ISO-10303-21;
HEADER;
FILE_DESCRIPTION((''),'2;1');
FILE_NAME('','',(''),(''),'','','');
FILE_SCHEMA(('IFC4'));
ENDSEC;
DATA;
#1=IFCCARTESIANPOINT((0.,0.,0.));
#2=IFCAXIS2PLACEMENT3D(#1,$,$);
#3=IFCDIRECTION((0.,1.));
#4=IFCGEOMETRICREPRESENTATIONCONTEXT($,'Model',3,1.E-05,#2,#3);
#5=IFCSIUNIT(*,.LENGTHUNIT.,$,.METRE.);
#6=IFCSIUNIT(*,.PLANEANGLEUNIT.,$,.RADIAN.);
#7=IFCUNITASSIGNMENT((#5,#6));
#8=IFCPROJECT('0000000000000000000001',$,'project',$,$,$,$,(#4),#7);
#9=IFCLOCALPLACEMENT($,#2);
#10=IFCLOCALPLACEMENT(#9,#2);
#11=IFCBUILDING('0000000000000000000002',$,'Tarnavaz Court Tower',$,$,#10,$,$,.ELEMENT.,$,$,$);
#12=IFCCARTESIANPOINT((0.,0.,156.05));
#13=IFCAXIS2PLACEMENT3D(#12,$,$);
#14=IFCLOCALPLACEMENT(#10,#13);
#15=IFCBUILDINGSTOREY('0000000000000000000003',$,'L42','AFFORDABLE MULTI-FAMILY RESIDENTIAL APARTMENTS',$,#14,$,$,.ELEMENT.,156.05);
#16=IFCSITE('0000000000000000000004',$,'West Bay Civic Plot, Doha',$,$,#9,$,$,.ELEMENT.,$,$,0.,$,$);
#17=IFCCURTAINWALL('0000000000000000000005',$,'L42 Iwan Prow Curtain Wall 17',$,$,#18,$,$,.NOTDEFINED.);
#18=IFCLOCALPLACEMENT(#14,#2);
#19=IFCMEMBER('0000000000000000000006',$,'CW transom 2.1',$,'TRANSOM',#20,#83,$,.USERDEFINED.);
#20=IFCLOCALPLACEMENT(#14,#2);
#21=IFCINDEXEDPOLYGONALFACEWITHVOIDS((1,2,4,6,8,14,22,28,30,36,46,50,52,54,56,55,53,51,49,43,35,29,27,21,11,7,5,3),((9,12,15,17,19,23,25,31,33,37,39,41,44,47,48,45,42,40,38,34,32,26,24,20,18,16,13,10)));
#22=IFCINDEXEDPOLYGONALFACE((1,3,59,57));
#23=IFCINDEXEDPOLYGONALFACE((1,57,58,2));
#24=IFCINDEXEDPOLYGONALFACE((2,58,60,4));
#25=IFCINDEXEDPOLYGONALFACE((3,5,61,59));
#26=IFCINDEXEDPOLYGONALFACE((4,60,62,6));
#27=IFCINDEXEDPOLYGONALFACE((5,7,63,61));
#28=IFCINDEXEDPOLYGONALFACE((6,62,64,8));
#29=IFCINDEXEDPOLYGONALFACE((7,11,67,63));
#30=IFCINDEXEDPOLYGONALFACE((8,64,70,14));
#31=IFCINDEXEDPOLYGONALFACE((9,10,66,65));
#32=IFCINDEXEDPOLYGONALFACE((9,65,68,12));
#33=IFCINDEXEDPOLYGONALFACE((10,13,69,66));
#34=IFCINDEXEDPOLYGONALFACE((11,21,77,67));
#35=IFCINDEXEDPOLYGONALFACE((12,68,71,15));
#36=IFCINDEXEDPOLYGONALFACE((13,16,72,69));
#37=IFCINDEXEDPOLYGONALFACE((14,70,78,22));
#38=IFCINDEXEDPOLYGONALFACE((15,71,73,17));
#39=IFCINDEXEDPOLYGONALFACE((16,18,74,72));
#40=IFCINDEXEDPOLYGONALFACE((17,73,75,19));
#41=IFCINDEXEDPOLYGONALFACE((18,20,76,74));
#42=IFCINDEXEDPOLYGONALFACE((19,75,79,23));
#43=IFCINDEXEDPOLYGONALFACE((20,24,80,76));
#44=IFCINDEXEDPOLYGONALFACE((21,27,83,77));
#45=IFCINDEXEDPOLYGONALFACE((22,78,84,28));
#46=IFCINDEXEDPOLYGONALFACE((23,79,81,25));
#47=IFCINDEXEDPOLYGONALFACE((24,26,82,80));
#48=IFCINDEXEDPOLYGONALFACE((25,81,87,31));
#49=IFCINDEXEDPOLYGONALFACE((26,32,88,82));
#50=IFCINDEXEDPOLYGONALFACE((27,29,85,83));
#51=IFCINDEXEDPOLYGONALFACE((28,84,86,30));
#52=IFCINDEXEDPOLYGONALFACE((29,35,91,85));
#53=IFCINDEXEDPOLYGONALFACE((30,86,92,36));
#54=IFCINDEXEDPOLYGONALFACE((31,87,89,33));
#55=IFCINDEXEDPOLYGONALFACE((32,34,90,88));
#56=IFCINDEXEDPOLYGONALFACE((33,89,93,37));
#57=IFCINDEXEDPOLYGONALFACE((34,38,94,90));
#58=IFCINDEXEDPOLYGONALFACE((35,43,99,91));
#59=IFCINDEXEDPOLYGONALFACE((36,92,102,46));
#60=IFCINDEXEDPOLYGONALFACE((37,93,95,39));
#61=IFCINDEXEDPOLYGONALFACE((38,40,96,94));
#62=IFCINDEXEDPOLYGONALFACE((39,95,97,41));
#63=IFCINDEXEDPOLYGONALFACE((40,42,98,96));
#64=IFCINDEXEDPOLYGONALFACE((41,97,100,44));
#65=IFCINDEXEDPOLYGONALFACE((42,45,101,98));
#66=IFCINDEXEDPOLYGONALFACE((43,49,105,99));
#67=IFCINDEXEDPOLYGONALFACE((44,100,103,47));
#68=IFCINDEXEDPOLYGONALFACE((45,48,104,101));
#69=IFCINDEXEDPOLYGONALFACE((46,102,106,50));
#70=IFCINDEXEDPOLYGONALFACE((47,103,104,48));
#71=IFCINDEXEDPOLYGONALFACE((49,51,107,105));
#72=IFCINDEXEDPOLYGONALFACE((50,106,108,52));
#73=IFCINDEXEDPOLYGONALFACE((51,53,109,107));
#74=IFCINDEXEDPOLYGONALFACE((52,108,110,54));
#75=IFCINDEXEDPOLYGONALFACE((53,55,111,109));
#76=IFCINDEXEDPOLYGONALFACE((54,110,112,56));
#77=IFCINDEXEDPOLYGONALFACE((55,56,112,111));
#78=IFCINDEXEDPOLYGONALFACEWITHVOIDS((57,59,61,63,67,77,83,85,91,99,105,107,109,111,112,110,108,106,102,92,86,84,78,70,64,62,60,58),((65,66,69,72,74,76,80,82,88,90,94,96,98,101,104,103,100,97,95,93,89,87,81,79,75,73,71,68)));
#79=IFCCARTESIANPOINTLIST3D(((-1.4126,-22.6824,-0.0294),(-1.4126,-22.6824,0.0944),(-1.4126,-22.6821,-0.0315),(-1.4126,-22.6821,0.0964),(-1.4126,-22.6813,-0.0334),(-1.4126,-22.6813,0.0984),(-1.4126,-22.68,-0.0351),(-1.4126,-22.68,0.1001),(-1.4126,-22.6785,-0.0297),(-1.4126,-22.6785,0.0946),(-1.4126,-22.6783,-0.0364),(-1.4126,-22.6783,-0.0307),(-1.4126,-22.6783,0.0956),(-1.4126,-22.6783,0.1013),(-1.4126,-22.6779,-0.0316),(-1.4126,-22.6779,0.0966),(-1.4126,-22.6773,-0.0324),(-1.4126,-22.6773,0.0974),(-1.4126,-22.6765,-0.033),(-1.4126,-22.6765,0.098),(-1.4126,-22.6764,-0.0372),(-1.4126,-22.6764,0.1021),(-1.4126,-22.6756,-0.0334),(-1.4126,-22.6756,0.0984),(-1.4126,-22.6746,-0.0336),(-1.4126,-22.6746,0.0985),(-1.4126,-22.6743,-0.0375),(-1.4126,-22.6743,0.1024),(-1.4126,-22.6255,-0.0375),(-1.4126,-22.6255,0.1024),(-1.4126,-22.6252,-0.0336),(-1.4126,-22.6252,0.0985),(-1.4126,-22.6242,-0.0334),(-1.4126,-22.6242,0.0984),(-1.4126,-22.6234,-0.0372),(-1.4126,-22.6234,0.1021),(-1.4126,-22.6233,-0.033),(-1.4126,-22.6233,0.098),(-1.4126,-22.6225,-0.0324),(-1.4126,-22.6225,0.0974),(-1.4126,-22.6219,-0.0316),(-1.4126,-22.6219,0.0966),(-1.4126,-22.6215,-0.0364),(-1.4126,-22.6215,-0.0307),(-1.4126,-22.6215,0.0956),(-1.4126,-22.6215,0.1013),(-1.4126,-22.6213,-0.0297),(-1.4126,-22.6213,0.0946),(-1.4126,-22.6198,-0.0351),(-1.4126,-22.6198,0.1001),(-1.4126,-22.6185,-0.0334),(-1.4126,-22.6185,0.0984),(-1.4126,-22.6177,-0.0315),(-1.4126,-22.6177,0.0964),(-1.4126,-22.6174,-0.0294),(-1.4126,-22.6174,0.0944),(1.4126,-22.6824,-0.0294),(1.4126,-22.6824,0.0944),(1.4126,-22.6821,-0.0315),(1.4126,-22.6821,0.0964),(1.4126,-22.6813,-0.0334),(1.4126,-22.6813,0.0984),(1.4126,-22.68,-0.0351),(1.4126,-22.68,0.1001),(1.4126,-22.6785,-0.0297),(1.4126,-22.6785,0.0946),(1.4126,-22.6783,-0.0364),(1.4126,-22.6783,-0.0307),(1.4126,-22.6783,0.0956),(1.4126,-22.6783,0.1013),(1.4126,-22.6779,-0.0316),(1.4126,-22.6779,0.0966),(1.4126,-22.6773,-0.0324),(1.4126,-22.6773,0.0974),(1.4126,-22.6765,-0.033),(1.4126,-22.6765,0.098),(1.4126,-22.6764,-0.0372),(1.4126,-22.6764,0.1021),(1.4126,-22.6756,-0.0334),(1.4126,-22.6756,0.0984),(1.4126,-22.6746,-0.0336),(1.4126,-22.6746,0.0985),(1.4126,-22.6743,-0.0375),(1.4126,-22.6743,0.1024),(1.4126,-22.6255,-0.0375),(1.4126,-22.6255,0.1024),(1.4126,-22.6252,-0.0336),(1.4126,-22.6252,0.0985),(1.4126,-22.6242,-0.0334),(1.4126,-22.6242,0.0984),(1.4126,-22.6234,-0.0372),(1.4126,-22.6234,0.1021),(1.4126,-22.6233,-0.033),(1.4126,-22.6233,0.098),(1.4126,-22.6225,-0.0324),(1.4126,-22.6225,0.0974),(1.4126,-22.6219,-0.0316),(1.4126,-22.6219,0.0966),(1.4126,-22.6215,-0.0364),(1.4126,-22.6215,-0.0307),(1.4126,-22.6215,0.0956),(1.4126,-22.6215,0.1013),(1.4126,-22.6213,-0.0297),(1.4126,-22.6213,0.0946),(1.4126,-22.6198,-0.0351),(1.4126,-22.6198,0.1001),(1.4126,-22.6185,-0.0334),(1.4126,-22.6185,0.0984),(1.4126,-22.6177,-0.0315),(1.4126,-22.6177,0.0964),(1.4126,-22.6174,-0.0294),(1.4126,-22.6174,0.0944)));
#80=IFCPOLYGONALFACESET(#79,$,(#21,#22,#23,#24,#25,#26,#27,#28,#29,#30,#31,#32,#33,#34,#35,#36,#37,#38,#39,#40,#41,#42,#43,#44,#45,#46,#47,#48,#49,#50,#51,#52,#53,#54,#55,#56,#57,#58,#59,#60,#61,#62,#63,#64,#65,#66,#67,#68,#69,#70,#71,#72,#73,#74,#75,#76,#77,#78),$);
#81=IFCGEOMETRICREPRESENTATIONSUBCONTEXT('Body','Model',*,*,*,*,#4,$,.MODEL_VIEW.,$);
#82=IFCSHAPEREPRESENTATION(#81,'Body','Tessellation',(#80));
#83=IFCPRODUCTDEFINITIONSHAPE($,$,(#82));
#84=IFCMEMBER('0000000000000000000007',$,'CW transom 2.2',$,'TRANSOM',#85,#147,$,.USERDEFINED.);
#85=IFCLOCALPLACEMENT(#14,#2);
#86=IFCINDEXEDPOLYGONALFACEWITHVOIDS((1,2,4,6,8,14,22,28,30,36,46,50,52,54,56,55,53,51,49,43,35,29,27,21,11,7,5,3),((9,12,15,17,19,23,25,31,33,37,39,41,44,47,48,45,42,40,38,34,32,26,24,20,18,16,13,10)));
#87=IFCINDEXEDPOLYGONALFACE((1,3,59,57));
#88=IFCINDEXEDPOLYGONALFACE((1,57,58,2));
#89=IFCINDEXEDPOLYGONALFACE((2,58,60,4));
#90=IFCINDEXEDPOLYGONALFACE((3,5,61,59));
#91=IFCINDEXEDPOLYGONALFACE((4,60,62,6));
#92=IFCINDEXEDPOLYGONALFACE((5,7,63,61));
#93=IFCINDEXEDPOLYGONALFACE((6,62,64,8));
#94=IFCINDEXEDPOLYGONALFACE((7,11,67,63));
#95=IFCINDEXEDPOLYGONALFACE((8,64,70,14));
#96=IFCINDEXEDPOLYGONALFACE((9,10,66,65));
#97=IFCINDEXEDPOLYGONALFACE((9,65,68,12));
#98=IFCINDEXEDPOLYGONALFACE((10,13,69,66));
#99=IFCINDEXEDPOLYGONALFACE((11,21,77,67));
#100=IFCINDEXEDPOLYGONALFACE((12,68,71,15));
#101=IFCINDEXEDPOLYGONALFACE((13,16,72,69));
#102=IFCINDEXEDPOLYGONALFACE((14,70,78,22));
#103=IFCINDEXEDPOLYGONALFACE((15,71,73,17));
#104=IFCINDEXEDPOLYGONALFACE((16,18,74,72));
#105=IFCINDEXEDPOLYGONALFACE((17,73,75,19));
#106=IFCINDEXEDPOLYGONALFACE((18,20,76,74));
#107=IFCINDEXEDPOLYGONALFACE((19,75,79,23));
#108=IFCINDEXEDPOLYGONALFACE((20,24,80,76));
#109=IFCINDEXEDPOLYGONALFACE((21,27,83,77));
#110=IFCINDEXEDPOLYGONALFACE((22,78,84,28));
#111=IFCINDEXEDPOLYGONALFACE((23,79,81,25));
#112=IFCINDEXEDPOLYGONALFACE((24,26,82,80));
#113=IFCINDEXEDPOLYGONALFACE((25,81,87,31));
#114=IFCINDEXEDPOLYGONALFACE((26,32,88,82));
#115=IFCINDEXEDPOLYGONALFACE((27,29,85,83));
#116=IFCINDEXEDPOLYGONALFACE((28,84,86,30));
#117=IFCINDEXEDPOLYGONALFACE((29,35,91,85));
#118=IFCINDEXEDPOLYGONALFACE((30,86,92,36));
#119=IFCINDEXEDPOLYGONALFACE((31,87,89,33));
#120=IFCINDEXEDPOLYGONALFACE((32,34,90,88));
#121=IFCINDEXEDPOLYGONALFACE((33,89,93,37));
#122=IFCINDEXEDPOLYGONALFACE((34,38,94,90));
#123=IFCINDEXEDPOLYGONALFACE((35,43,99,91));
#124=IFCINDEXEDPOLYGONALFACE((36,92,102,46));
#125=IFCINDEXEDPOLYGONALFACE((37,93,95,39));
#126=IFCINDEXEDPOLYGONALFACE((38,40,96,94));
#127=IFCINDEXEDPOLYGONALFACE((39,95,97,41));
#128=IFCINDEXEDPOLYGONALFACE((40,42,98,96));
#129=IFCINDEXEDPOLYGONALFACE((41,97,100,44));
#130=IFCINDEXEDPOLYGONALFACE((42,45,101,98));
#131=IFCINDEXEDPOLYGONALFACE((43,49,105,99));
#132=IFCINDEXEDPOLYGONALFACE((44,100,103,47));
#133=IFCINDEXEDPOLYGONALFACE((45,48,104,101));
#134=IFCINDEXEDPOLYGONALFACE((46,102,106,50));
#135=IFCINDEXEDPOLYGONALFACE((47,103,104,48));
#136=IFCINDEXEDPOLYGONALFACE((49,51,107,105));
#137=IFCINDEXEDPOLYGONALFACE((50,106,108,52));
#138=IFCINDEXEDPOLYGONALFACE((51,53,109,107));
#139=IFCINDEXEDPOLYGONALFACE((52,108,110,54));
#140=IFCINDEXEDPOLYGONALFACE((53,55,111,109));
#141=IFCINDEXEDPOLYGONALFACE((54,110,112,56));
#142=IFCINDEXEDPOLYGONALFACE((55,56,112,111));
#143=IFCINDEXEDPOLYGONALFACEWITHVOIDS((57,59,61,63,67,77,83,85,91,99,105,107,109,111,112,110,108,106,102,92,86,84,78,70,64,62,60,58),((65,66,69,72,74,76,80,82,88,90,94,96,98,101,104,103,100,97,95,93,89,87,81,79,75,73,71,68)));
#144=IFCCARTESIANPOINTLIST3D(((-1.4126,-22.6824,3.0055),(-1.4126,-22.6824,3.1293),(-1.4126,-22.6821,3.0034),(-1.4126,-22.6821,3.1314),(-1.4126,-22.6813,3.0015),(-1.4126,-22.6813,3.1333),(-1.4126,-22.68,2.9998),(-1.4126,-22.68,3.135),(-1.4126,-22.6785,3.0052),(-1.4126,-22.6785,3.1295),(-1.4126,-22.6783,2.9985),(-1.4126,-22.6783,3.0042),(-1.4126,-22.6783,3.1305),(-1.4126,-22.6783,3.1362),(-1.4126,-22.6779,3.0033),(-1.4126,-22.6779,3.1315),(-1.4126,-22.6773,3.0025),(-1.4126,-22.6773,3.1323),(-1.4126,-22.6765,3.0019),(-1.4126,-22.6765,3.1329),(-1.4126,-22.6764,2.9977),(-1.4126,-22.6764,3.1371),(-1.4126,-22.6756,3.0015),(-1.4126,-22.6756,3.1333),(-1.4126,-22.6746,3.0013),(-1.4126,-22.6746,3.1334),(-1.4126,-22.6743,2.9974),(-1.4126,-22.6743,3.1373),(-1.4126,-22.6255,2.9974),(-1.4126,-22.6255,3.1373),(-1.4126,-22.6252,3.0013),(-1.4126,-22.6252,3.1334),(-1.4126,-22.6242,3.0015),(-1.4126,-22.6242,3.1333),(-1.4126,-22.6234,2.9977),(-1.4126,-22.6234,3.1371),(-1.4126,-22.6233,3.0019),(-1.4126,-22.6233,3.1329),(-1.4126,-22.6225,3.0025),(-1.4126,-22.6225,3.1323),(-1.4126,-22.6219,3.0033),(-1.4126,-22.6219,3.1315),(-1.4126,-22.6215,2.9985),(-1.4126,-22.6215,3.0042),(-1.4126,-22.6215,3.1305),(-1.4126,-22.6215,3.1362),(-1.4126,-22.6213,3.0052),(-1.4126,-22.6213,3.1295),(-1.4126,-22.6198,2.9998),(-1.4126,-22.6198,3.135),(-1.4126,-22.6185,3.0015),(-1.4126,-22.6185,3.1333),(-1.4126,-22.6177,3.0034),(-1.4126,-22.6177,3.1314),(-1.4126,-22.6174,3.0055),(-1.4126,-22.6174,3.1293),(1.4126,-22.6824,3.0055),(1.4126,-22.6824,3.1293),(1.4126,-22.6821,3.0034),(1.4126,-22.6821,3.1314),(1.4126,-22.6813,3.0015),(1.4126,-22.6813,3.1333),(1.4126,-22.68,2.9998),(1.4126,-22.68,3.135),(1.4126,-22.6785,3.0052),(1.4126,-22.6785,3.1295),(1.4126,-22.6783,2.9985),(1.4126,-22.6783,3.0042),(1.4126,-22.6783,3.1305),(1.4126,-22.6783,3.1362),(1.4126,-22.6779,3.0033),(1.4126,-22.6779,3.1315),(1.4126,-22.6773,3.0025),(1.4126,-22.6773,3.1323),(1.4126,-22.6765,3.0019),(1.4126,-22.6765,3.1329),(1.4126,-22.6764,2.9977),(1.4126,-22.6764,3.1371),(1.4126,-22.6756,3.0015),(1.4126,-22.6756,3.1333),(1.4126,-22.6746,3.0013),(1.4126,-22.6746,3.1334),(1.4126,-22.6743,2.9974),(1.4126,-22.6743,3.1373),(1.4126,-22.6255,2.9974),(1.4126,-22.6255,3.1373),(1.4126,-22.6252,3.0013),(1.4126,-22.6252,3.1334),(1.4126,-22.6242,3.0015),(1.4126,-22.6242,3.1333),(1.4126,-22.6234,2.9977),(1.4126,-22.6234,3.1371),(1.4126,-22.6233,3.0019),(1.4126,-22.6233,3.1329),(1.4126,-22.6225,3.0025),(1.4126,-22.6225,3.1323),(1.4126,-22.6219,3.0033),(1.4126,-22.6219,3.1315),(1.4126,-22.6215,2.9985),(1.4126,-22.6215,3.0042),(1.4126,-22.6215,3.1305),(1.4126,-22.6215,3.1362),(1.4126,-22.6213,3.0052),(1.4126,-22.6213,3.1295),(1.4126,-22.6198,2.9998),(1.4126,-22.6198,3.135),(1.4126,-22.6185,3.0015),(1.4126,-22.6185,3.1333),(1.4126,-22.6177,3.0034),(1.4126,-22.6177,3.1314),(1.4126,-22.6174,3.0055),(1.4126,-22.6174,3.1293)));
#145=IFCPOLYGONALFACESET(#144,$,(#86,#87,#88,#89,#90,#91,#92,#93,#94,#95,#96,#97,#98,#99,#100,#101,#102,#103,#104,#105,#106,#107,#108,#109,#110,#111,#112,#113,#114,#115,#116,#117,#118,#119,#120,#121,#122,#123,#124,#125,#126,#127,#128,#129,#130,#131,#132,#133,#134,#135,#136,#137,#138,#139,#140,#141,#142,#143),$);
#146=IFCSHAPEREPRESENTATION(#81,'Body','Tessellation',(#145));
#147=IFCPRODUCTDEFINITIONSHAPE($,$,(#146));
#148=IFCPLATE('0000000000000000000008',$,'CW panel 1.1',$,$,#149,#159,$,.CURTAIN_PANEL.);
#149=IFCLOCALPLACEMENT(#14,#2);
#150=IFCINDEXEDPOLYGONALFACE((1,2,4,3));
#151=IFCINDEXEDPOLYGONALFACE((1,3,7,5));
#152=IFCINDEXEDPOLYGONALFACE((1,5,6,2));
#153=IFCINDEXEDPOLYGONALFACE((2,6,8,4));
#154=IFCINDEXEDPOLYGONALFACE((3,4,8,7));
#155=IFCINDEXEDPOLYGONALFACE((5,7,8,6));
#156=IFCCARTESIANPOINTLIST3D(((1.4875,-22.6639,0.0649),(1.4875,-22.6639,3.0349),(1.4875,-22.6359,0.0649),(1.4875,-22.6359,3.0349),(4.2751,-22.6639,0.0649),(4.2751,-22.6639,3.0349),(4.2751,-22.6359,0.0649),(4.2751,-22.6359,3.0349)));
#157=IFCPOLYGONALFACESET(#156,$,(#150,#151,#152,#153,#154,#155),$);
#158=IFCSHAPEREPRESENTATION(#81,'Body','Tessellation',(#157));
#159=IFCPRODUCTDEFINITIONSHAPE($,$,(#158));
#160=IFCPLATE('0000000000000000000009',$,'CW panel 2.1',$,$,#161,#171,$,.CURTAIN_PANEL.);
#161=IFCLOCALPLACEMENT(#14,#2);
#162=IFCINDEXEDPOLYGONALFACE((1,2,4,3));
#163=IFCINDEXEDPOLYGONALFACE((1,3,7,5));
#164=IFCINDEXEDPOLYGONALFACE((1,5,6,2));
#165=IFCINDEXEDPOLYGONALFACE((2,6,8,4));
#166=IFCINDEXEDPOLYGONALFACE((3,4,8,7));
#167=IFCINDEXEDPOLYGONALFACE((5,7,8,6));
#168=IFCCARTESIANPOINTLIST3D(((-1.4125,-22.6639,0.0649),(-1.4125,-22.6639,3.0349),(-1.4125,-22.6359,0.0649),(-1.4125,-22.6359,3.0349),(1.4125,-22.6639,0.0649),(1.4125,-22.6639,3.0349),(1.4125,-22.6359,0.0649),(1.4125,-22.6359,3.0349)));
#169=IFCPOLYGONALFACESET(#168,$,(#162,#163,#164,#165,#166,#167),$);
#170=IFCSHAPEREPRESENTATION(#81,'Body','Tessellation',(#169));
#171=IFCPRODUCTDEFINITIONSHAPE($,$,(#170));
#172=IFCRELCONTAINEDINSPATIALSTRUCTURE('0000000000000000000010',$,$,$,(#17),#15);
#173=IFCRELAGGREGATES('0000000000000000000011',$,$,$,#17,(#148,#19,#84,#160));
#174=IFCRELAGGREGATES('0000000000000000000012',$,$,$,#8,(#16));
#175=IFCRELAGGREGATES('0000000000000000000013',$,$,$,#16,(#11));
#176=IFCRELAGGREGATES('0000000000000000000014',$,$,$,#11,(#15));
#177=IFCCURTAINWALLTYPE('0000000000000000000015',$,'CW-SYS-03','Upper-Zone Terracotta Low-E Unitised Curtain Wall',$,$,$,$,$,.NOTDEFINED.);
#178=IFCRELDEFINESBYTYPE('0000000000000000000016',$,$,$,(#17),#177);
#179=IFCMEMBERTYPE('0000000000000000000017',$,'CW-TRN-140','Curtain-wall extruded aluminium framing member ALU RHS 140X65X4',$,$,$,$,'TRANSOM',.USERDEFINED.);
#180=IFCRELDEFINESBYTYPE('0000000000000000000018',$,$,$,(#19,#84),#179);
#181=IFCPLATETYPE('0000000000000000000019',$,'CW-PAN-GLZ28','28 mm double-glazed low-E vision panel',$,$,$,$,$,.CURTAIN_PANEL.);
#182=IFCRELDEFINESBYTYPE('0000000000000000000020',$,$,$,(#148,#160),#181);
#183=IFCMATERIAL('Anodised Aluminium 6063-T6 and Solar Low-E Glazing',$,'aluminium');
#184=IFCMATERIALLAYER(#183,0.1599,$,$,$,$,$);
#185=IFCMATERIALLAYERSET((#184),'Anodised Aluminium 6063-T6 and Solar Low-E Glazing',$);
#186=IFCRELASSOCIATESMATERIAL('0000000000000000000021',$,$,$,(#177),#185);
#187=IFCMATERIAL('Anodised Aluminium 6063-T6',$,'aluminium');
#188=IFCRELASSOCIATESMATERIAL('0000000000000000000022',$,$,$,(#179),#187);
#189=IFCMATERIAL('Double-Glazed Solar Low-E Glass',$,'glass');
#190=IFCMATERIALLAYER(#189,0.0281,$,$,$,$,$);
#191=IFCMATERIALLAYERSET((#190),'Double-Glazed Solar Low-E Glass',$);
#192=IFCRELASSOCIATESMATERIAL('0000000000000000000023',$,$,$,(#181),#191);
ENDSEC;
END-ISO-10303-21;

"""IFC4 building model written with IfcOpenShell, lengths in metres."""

from ifc_helpers import new_model, si_unit, direction, frame, origin, origin_2d, place, context, subcontext, project, spatial, rectangle, hollow_rectangle, extrude, material, layer, layer_set, material_profile, profile_set, type_object, element, aggregate, save


model = new_model("IFC4")

# Units and contexts
model_context = context("Model", 3, precision=1e-05, world=origin(), true_north=direction((0.0, 1.0)))
body_context = subcontext(model_context, "Body", "Model", "MODEL_VIEW")
ifc_project = project(units=[si_unit("LENGTHUNIT", "METRE"), si_unit("PLANEANGLEUNIT", "RADIAN")], contexts=[model_context])

# Site, building, storey
site_placement = place(None, origin())
site = spatial("IfcSite", under=ifc_project, at=site_placement, Name="West Bay Civic Plot, Doha", CompositionType="ELEMENT", RefElevation=0.0)
building_placement = place(site_placement, origin())
building = spatial("IfcBuilding", under=site, at=building_placement, Name="Tarnavaz Court Tower", CompositionType="ELEMENT")
storey_placement = place(building_placement, frame((0.0, 0.0, 156.05)))
storey = spatial("IfcBuildingStorey", under=building, at=storey_placement, Name="L42", Description="AFFORDABLE MULTI-FAMILY RESIDENTIAL APARTMENTS", CompositionType="ELEMENT", Elevation=156.05)

# Curtain wall, members, plates
ifc_material_1 = material(Name="Anodised Aluminium 6063-T6 and Solar Low-E Glazing", Category="aluminium")
ifc_layer_1 = layer(ifc_material_1, 0.1599)
ifc_layer_set_1 = layer_set([ifc_layer_1], Name="Anodised Aluminium 6063-T6 and Solar Low-E Glazing")
curtain_wall_type = type_object("IfcCurtainWallType", Name="CW-SYS-03", Description="Upper-Zone Terracotta Low-E Unitised Curtain Wall", PredefinedType="NOTDEFINED", material=ifc_layer_set_1)
curtain_wall_placement = place(storey_placement, origin())
curtain_wall = element("IfcCurtainWall", 1, at=curtain_wall_placement, inside=storey, type_object=curtain_wall_type, Name="L42 Iwan Prow Curtain Wall 17", PredefinedType="NOTDEFINED")
ifc_material_2 = material(Name="Anodised Aluminium 6063-T6", Category="aluminium")
ifc_material_profile_1 = material_profile(ifc_material_2, hollow_rectangle(XDim=0.0649, YDim=0.1399, WallThickness=0.0039, InnerFilletRadius=0.0039, OuterFilletRadius=0.0081, at=origin_2d()), Name="ALU RHS 140X65X4")
ifc_profile_set_1 = profile_set([ifc_material_profile_1], Name="Anodised Aluminium 6063-T6")
member_type_1 = type_object("IfcMemberType", Name="CW-TRN-140", Description="Curtain-wall extruded aluminium framing member ALU RHS 140X65X4", ElementType="TRANSOM", PredefinedType="USERDEFINED", material=ifc_profile_set_1)
member_1_placement = place(storey_placement, frame((1.4126, -22.6499, 0.0325), z_axis=(-1.0, 0.0, 0.0), x_axis=(0.0, -1.0, 0.0)))
member_1 = element("IfcMember", 2, at=member_1_placement, type_object=member_type_1, Name="CW transom 2.1", ObjectType="TRANSOM", PredefinedType="USERDEFINED", context=body_context, shape_type="SweptSolid", body=[
    extrude(hollow_rectangle(XDim=0.0649, YDim=0.1399, WallThickness=0.0039, InnerFilletRadius=0.0039, OuterFilletRadius=0.0081, at=origin_2d()), origin(), (0.0, 0.0, 1.0), 2.8252),
])
member_2_placement = place(storey_placement, frame((1.4126, -22.6499, 3.0674), z_axis=(-1.0, 0.0, 0.0), x_axis=(0.0, -1.0, 0.0)))
member_2 = element("IfcMember", 3, at=member_2_placement, type_object=member_type_1, Name="CW transom 2.2", ObjectType="TRANSOM", PredefinedType="USERDEFINED", context=body_context, shape_type="SweptSolid", body=[
    extrude(hollow_rectangle(XDim=0.0649, YDim=0.1399, WallThickness=0.0039, InnerFilletRadius=0.0039, OuterFilletRadius=0.0081, at=origin_2d()), origin(), (0.0, 0.0, 1.0), 2.8252),
])
ifc_material_3 = material(Name="Double-Glazed Solar Low-E Glass", Category="glass")
ifc_layer_2 = layer(ifc_material_3, 0.0281)
ifc_layer_set_2 = layer_set([ifc_layer_2], Name="Double-Glazed Solar Low-E Glass")
plate_type = type_object("IfcPlateType", Name="CW-PAN-GLZ28", Description="28 mm double-glazed low-E vision panel", PredefinedType="CURTAIN_PANEL", material=ifc_layer_set_2)
plate_1_placement = place(storey_placement, frame((2.8813, -22.6499, 0.0649), z_axis=(0.0, 0.0, 1.0), x_axis=(-1.0, 0.0, 0.0)))
plate_1 = element("IfcPlate", 4, at=plate_1_placement, type_object=plate_type, Name="CW panel 1.1", PredefinedType="CURTAIN_PANEL", context=body_context, shape_type="SweptSolid", body=[
    extrude(rectangle(XDim=2.7876, YDim=0.0281, at=origin_2d()), origin(), (0.0, 0.0, 1.0), 2.97),
])
plate_2_placement = place(storey_placement, frame((0.0, -22.6499, 0.0649), z_axis=(0.0, 0.0, 1.0), x_axis=(-1.0, 0.0, 0.0)))
plate_2 = element("IfcPlate", 5, at=plate_2_placement, type_object=plate_type, Name="CW panel 2.1", PredefinedType="CURTAIN_PANEL", context=body_context, shape_type="SweptSolid", body=[
    extrude(rectangle(XDim=2.825, YDim=0.0281, at=origin_2d()), origin(), (0.0, 0.0, 1.0), 2.97),
])
aggregate(curtain_wall, [plate_1, member_1, member_2, plate_2])

save(model, "model.ifc")
